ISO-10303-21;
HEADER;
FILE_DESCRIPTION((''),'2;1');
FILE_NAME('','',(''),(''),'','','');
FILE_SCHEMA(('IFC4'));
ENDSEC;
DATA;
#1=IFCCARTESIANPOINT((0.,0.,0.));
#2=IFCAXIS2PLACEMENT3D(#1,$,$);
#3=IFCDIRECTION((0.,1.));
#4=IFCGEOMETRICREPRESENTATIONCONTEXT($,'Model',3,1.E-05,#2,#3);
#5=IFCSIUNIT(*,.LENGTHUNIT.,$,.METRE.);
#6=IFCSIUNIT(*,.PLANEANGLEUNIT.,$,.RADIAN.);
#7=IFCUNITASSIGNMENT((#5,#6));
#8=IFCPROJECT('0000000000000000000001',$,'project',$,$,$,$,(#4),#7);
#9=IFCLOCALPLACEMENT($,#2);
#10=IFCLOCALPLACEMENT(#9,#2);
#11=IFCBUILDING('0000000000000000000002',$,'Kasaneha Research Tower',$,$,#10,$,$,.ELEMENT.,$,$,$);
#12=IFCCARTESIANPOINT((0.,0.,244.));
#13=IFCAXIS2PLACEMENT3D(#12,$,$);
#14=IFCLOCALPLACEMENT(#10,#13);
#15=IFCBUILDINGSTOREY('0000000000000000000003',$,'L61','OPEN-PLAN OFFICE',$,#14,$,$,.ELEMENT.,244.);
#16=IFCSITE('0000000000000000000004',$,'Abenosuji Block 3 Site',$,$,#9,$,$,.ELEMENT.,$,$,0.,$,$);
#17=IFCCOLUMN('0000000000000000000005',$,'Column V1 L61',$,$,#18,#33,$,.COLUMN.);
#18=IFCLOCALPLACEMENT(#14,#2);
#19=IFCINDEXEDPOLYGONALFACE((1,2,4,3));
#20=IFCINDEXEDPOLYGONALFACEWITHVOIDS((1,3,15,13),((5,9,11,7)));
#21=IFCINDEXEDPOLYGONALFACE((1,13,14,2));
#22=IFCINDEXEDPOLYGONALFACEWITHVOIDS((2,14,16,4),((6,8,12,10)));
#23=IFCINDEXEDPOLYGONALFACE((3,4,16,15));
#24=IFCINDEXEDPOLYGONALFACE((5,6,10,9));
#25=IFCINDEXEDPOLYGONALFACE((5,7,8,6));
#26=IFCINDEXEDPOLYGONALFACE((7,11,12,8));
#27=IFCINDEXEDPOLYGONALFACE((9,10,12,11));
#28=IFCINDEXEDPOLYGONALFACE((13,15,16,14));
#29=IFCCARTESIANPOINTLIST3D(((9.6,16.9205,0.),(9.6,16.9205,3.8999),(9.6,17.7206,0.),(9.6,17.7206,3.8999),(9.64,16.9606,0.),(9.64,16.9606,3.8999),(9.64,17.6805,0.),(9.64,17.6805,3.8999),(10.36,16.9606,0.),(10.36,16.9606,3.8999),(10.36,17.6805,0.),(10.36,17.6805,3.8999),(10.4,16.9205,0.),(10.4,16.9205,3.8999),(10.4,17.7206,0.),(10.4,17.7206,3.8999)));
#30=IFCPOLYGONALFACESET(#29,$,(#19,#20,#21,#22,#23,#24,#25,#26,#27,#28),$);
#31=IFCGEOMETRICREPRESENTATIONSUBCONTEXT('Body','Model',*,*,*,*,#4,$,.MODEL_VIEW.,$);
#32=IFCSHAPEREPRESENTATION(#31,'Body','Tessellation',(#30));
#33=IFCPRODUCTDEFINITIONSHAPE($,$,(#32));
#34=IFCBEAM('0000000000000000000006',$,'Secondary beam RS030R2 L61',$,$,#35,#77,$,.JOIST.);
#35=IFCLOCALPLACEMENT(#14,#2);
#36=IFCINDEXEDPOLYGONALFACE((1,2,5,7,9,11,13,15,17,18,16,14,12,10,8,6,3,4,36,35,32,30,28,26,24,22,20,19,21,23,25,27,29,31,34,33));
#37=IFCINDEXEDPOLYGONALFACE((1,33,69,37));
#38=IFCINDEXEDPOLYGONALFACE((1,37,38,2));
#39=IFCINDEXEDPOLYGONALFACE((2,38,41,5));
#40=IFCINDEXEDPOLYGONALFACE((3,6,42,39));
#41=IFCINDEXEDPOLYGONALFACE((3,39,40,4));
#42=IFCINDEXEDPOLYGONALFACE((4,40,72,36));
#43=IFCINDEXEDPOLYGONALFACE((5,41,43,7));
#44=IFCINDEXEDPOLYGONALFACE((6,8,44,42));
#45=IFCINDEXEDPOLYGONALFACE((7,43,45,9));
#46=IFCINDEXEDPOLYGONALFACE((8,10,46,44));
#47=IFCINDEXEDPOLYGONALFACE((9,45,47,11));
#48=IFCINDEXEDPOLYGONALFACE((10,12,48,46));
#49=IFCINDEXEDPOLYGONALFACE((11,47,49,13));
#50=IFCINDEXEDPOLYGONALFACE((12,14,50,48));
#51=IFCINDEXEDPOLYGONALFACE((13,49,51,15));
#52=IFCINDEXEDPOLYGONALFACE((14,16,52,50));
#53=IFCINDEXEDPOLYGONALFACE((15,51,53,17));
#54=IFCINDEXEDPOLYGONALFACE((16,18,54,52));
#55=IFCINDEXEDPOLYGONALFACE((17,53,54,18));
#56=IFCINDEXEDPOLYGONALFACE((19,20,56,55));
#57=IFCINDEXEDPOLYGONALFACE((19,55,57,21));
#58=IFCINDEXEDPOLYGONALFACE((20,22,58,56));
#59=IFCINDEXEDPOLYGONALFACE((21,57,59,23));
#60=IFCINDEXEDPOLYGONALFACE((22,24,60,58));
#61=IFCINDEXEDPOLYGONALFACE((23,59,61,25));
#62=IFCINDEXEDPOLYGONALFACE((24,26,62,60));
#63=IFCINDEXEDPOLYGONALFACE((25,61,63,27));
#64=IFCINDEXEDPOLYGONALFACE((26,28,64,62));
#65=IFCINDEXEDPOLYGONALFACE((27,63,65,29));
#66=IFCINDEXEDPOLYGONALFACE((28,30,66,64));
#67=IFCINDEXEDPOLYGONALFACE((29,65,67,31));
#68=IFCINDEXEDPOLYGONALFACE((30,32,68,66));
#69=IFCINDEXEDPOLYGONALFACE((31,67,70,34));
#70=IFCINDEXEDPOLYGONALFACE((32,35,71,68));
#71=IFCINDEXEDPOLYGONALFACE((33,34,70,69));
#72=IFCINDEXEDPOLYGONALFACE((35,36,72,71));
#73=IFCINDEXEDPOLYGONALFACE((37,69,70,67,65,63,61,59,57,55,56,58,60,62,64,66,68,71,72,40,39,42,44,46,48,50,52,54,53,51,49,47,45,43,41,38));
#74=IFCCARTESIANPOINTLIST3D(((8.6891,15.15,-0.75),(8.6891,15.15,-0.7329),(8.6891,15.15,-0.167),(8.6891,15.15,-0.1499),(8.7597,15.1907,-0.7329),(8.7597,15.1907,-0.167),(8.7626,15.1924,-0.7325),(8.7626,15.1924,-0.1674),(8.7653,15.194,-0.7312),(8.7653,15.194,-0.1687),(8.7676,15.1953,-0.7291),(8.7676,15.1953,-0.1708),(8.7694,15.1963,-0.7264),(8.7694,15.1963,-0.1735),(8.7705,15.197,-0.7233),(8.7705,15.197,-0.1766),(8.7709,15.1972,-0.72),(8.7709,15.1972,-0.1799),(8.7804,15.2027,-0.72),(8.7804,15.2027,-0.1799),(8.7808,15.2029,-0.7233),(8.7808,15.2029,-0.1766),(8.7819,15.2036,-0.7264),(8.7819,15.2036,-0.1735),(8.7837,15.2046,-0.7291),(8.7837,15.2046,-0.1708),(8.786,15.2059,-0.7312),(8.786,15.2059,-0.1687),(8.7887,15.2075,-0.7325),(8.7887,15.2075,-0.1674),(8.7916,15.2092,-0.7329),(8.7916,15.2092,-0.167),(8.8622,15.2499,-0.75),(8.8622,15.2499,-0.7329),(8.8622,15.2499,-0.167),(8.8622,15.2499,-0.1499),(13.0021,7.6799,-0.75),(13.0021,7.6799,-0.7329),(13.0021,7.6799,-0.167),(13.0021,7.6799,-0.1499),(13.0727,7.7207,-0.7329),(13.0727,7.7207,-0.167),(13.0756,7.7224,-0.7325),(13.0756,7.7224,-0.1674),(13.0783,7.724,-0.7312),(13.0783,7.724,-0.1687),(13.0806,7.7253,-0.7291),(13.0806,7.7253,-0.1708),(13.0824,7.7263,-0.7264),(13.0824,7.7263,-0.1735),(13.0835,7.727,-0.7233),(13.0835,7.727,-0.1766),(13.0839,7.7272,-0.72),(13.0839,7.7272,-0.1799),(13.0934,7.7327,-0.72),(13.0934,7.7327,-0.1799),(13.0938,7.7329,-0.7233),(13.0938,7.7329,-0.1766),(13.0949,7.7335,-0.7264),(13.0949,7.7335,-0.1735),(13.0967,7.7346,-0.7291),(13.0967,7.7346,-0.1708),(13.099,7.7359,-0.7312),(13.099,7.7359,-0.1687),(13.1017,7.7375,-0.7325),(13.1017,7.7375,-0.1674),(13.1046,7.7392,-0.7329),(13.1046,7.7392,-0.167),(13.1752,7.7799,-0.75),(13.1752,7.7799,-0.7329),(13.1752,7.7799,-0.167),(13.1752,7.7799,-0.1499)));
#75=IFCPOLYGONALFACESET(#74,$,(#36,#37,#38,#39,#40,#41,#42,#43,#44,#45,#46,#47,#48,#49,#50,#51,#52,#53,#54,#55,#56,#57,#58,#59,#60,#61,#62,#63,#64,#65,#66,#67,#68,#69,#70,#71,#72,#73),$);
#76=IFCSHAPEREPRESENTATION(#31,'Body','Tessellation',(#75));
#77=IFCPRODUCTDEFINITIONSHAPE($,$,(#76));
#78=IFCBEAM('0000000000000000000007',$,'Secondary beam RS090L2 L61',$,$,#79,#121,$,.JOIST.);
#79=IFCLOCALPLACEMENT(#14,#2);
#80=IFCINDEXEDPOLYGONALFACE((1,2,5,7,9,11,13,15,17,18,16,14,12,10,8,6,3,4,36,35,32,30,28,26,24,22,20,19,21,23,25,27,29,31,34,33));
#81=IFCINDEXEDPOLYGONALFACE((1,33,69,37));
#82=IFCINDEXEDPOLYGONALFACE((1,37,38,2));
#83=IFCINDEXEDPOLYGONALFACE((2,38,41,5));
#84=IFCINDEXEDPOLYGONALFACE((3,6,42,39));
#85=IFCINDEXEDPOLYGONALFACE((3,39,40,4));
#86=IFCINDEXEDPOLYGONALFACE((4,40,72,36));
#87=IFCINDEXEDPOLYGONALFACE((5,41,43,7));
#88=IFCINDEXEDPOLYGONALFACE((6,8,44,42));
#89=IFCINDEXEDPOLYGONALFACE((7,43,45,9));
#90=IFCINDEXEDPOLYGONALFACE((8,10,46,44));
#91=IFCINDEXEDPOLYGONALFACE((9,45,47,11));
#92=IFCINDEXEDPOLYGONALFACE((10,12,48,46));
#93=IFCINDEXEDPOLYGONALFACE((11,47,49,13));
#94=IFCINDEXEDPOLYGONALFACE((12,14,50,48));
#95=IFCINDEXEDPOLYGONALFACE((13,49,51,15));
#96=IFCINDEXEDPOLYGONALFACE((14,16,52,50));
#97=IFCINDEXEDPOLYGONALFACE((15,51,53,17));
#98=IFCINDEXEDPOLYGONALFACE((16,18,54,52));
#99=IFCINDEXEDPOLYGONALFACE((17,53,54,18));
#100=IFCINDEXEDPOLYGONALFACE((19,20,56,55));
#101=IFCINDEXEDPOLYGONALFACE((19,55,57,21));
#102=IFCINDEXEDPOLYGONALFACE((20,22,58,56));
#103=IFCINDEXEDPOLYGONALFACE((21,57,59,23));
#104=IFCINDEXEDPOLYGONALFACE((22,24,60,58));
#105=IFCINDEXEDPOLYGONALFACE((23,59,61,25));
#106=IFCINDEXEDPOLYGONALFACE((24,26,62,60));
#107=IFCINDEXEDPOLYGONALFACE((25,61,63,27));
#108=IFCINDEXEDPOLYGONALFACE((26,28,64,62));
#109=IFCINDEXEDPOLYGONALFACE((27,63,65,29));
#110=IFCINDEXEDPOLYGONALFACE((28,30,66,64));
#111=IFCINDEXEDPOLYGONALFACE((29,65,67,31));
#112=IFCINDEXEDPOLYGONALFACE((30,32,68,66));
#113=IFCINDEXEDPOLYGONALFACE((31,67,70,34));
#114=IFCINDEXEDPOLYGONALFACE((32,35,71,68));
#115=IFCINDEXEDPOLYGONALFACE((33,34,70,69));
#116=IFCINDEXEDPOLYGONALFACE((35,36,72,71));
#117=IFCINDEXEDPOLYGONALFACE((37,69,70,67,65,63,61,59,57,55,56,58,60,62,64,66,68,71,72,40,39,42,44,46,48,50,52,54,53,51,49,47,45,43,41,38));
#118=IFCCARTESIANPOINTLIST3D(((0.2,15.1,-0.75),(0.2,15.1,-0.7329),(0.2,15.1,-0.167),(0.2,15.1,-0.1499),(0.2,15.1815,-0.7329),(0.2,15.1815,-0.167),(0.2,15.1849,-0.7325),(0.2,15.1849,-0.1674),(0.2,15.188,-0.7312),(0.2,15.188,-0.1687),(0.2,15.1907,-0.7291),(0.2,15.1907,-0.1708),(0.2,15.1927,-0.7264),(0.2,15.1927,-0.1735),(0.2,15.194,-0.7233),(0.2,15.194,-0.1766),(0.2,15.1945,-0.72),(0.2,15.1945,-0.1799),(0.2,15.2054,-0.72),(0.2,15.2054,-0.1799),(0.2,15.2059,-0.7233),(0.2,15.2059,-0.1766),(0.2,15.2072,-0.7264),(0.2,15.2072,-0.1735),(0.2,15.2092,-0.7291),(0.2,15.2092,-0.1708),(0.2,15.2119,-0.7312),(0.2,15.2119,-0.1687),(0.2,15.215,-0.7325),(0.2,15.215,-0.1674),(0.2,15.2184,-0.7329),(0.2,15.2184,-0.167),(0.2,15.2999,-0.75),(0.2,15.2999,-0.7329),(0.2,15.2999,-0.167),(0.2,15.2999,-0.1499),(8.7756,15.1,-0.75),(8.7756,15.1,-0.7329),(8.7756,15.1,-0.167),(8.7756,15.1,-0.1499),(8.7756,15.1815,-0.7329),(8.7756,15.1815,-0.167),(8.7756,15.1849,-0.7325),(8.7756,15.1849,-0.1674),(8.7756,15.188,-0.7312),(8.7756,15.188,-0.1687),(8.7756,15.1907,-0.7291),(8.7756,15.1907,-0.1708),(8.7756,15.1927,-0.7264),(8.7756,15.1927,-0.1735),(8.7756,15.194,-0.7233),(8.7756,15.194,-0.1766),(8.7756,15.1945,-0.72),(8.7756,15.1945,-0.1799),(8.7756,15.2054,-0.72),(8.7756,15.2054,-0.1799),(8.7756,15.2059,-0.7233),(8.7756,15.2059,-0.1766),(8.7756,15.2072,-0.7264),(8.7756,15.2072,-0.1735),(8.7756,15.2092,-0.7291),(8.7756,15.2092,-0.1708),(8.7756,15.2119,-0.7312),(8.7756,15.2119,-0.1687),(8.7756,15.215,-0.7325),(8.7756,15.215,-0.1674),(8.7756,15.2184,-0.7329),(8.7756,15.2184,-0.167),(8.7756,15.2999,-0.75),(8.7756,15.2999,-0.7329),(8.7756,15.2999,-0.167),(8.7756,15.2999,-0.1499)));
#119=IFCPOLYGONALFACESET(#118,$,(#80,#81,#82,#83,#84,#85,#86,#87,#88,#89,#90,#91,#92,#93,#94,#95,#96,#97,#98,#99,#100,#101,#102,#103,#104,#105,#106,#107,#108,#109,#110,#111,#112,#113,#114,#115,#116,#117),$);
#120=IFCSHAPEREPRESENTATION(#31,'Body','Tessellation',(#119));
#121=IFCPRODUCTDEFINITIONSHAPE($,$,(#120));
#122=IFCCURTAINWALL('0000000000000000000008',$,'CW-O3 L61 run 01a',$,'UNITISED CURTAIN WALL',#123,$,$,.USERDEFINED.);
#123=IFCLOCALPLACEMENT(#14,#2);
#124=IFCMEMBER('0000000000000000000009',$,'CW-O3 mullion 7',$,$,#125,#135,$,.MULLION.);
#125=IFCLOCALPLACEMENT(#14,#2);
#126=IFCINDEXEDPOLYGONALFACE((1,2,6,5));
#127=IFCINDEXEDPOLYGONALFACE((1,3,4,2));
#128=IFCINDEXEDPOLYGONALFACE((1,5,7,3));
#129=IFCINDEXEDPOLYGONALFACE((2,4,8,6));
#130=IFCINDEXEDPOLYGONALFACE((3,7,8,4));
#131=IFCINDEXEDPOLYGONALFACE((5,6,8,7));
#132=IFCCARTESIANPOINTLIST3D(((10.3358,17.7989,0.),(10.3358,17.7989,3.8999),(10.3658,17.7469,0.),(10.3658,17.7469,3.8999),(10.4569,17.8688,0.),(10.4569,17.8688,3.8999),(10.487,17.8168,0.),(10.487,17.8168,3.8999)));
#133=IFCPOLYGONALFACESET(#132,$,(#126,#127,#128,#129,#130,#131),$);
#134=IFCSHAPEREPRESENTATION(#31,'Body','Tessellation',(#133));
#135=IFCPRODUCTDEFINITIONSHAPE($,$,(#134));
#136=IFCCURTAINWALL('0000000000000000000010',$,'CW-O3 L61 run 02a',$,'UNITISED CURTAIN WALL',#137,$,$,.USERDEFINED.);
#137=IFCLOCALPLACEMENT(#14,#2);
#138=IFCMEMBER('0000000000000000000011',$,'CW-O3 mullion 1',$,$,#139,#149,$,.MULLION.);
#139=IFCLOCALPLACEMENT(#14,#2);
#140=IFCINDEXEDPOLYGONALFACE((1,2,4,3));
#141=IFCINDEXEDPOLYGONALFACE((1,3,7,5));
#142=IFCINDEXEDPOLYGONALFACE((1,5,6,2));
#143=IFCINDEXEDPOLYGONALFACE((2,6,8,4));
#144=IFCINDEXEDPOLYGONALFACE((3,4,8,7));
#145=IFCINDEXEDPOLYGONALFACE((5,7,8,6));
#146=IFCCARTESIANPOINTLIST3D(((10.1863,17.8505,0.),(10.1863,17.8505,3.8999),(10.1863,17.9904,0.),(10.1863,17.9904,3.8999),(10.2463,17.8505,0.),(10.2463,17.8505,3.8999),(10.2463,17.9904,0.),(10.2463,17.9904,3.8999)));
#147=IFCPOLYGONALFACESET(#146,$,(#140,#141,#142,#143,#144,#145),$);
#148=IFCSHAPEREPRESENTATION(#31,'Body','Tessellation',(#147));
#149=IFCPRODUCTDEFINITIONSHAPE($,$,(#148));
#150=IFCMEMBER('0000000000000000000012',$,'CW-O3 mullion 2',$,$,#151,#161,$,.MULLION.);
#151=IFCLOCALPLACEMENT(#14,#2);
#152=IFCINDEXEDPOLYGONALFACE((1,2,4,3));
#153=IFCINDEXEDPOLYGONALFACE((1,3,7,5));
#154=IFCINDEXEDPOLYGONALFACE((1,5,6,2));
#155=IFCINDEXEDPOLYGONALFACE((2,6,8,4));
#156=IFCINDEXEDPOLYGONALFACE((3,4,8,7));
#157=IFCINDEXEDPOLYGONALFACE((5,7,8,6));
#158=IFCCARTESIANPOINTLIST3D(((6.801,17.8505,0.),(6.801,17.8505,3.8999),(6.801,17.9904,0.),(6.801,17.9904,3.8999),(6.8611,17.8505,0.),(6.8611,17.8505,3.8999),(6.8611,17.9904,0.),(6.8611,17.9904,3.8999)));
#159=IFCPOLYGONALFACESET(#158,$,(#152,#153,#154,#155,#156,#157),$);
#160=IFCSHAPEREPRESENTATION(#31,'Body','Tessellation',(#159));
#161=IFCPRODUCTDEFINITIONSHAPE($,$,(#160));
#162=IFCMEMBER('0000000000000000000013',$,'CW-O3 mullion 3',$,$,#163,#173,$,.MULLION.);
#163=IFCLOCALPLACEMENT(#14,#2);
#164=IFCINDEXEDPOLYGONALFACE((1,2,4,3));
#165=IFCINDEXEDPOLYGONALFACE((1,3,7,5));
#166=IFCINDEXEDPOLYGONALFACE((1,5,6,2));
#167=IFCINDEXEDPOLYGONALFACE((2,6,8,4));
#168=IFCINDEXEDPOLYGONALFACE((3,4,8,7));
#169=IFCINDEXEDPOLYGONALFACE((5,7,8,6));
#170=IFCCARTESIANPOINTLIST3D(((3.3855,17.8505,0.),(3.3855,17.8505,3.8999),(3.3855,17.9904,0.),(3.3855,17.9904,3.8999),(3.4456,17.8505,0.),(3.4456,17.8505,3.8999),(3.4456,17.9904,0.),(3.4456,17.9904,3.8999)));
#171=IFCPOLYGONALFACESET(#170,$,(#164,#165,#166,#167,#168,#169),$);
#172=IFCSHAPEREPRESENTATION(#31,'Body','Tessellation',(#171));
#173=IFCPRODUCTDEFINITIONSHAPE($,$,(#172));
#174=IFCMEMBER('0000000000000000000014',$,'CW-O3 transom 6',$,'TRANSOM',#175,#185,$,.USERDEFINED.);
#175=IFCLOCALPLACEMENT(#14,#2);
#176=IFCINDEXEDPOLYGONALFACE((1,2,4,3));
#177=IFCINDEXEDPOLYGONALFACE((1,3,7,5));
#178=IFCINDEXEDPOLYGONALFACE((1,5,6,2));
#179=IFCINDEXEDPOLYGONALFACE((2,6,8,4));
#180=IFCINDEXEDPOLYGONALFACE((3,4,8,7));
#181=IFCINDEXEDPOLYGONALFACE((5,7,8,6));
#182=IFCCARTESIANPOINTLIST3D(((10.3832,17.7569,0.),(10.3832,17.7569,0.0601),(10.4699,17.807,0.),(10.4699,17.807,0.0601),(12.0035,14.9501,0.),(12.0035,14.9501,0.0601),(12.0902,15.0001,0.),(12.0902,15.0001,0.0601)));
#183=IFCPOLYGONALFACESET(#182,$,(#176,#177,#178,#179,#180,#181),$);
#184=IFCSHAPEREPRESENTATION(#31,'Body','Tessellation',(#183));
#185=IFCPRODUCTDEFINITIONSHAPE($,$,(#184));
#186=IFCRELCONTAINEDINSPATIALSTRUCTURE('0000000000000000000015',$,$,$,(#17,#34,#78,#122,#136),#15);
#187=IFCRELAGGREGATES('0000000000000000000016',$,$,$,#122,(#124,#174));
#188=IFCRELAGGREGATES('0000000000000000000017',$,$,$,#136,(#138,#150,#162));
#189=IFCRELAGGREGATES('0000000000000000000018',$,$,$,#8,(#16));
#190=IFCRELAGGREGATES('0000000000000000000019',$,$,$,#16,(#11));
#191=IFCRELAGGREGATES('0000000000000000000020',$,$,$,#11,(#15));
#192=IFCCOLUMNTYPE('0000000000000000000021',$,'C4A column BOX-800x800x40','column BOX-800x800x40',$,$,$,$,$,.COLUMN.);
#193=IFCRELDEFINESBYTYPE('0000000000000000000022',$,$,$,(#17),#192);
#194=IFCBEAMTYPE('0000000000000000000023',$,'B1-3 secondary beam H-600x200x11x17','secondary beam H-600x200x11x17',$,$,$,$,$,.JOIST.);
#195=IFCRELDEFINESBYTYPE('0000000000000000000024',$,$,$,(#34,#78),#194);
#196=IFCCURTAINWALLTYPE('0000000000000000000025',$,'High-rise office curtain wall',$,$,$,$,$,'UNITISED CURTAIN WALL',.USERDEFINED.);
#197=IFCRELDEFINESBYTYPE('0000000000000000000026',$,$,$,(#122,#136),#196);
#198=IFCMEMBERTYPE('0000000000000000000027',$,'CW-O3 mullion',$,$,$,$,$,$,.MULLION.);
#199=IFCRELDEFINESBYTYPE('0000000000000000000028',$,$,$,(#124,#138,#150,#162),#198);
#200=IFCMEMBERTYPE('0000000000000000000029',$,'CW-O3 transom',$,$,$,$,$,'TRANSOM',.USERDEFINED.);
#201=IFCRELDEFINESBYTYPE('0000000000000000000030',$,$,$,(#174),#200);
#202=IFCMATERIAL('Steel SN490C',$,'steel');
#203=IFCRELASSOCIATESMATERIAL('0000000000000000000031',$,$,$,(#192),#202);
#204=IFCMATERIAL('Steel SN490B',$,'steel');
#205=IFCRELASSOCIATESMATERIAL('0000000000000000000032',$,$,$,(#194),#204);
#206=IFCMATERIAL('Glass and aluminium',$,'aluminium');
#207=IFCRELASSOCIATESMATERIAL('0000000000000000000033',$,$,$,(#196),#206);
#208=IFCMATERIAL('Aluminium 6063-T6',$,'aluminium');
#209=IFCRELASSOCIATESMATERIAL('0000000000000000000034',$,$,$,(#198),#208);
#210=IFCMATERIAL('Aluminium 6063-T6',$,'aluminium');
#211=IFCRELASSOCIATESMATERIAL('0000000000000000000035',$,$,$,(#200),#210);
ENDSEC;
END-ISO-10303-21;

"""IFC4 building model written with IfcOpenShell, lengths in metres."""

from ifc_helpers import new_model, si_unit, direction, frame, origin, origin_2d, place, context, subcontext, project, spatial, rectangle, hollow_rectangle, i_section, extrude, material, material_profile, profile_set, type_object, element, aggregate, save


model = new_model("IFC4")

# Units and contexts
model_context = context("Model", 3, precision=1e-05, world=origin(), true_north=direction((0.0, 1.0)))
body_context = subcontext(model_context, "Body", "Model", "MODEL_VIEW")
ifc_project = project(units=[si_unit("LENGTHUNIT", "METRE"), si_unit("PLANEANGLEUNIT", "RADIAN")], contexts=[model_context])

# Site, building, storey
site_placement = place(None, origin())
site = spatial("IfcSite", under=ifc_project, at=site_placement, Name="Abenosuji Block 3 Site", CompositionType="ELEMENT", RefElevation=0.0)
building_placement = place(site_placement, origin())
building = spatial("IfcBuilding", under=site, at=building_placement, Name="Kasaneha Research Tower", CompositionType="ELEMENT")
storey_placement = place(building_placement, frame((0.0, 0.0, 244.0)))
storey = spatial("IfcBuildingStorey", under=building, at=storey_placement, Name="L61", Description="OPEN-PLAN OFFICE", CompositionType="ELEMENT", Elevation=244.0)

# Column
ifc_material_1 = material(Name="Steel SN490C", Category="steel")
ifc_material_profile_1 = material_profile(ifc_material_1, hollow_rectangle(XDim=0.8, YDim=0.8, WallThickness=0.04, at=origin_2d()), Name="BOX-800x800x40")
ifc_profile_set_1 = profile_set([ifc_material_profile_1], Name="Steel SN490C")
column_type = type_object("IfcColumnType", Name="C4A column BOX-800x800x40", Description="column BOX-800x800x40", PredefinedType="COLUMN", material=ifc_profile_set_1)
column_placement = place(storey_placement, frame((10.0, 17.3206, 0.0), z_axis=(0.0, 0.0, 1.0), x_axis=(1.0, 0.0, 0.0)))
element("IfcColumn", 1, at=column_placement, inside=storey, type_object=column_type, Name="Column V1 L61", PredefinedType="COLUMN", context=body_context, shape_type="SweptSolid", body=[
    extrude(hollow_rectangle(XDim=0.8, YDim=0.8, WallThickness=0.04, at=origin_2d()), origin(), (0.0, 0.0, 1.0), 3.8999),
])

# Beams
ifc_material_2 = material(Name="Steel SN490B", Category="steel")
ifc_material_profile_2 = material_profile(ifc_material_2, i_section(OverallWidth=0.2, OverallDepth=0.6001, WebThickness=0.011, FlangeThickness=0.0171, FilletRadius=0.0129, at=origin_2d()), Name="H-600x200x11x17")
ifc_profile_set_2 = profile_set([ifc_material_profile_2], Name="Steel SN490B")
beam_type_1 = type_object("IfcBeamType", Name="B1-3 secondary beam H-600x200x11x17", Description="secondary beam H-600x200x11x17", PredefinedType="JOIST", material=ifc_profile_set_2)
beam_1_placement = place(storey_placement, frame((8.7756, 15.2, -0.45), z_axis=(0.500017, -0.866015, 0.0), x_axis=(0.866015, 0.500017, 0.0)))
element("IfcBeam", 2, at=beam_1_placement, inside=storey, type_object=beam_type_1, Name="Secondary beam RS030R2 L61", PredefinedType="JOIST", context=body_context, shape_type="SweptSolid", body=[
    extrude(i_section(OverallWidth=0.2, OverallDepth=0.6001, WebThickness=0.011, FlangeThickness=0.0171, FilletRadius=0.0129, at=origin_2d()), origin(), (0.0, 0.0, 1.0), 8.6257),
])
beam_2_placement = place(storey_placement, frame((8.7756, 15.2, -0.45), z_axis=(-1.0, 0.0, 0.0), x_axis=(0.0, -1.0, 0.0)))
element("IfcBeam", 3, at=beam_2_placement, inside=storey, type_object=beam_type_1, Name="Secondary beam RS090L2 L61", PredefinedType="JOIST", context=body_context, shape_type="SweptSolid", body=[
    extrude(i_section(OverallWidth=0.2, OverallDepth=0.6001, WebThickness=0.011, FlangeThickness=0.0171, FilletRadius=0.0129, at=origin_2d()), origin(), (0.0, 0.0, 1.0), 8.5757),
])

# Curtain wall, member
ifc_material_3 = material(Name="Glass and aluminium", Category="aluminium")
curtain_wall_type = type_object("IfcCurtainWallType", Name="High-rise office curtain wall", ElementType="UNITISED CURTAIN WALL", PredefinedType="USERDEFINED", material=ifc_material_3)
curtain_wall_1_placement = place(storey_placement, origin())
curtain_wall_1 = element("IfcCurtainWall", 4, at=curtain_wall_1_placement, inside=storey, type_object=curtain_wall_type, Name="CW-O3 L61 run 01a", ObjectType="UNITISED CURTAIN WALL", PredefinedType="USERDEFINED")
ifc_material_4 = material(Name="Aluminium 6063-T6", Category="aluminium")
ifc_material_profile_3 = material_profile(ifc_material_4, rectangle(XDim=0.0601, YDim=0.1399, at=origin_2d()), Name="CW-O3 mullion 60x140")
ifc_profile_set_3 = profile_set([ifc_material_profile_3], Name="Aluminium 6063-T6")
member_type_1 = type_object("IfcMemberType", Name="CW-O3 mullion", PredefinedType="MULLION", material=ifc_profile_set_3)
member_1_placement = place(storey_placement, frame((10.4114, 17.8079, 0.0), z_axis=(0.0, 0.0, 1.0), x_axis=(-0.5, 0.866025, 0.0)))
member_1 = element("IfcMember", 5, at=member_1_placement, type_object=member_type_1, Name="CW-O3 mullion 7", PredefinedType="MULLION", context=body_context, shape_type="SweptSolid", body=[
    extrude(rectangle(XDim=0.0601, YDim=0.1399, at=origin_2d()), origin(), (0.0, 0.0, 1.0), 3.8999),
])

# Curtain wall, members
curtain_wall_2_placement = place(storey_placement, origin())
curtain_wall_2 = element("IfcCurtainWall", 6, at=curtain_wall_2_placement, inside=storey, type_object=curtain_wall_type, Name="CW-O3 L61 run 02a", ObjectType="UNITISED CURTAIN WALL", PredefinedType="USERDEFINED")
member_2_placement = place(storey_placement, frame((10.2163, 17.9204, 0.0), z_axis=(0.0, 0.0, 1.0), x_axis=(-1.0, 0.0, 0.0)))
member_2 = element("IfcMember", 7, at=member_2_placement, type_object=member_type_1, Name="CW-O3 mullion 1", PredefinedType="MULLION", context=body_context, shape_type="SweptSolid", body=[
    extrude(rectangle(XDim=0.0601, YDim=0.1399, at=origin_2d()), origin(), (0.0, 0.0, 1.0), 3.8999),
])
member_3_placement = place(storey_placement, frame((6.8311, 17.9204, 0.0), z_axis=(0.0, 0.0, 1.0), x_axis=(-1.0, 0.0, 0.0)))
member_3 = element("IfcMember", 8, at=member_3_placement, type_object=member_type_1, Name="CW-O3 mullion 2", PredefinedType="MULLION", context=body_context, shape_type="SweptSolid", body=[
    extrude(rectangle(XDim=0.0601, YDim=0.1399, at=origin_2d()), origin(), (0.0, 0.0, 1.0), 3.8999),
])
member_4_placement = place(storey_placement, frame((3.4155, 17.9204, 0.0), z_axis=(0.0, 0.0, 1.0), x_axis=(-1.0, 0.0, 0.0)))
member_4 = element("IfcMember", 9, at=member_4_placement, type_object=member_type_1, Name="CW-O3 mullion 3", PredefinedType="MULLION", context=body_context, shape_type="SweptSolid", body=[
    extrude(rectangle(XDim=0.0601, YDim=0.1399, at=origin_2d()), origin(), (0.0, 0.0, 1.0), 3.8999),
])

# Member
ifc_material_5 = material(Name="Aluminium 6063-T6", Category="aluminium")
ifc_material_profile_4 = material_profile(ifc_material_5, rectangle(XDim=0.1001, YDim=0.0601, at=origin_2d()), Name="CW-O3 transom 100x60")
ifc_profile_set_4 = profile_set([ifc_material_profile_4], Name="Aluminium 6063-T6")
member_type_2 = type_object("IfcMemberType", Name="CW-O3 transom", ElementType="TRANSOM", PredefinedType="USERDEFINED", material=ifc_profile_set_4)
member_5_placement = place(storey_placement, frame((12.0469, 14.9751, 0.03), z_axis=(-0.499955, 0.866051, 0.0), x_axis=(-0.866051, -0.499955, 0.0)))
member_5 = element("IfcMember", 10, at=member_5_placement, type_object=member_type_2, Name="CW-O3 transom 6", ObjectType="TRANSOM", PredefinedType="USERDEFINED", context=body_context, shape_type="SweptSolid", body=[
    extrude(rectangle(XDim=0.1001, YDim=0.0601, at=origin_2d()), origin(), (0.0, 0.0, 1.0), 3.241),
])

aggregate(curtain_wall_1, [member_1, member_5])
aggregate(curtain_wall_2, [member_2, member_3, member_4])

save(model, "model.ifc")
